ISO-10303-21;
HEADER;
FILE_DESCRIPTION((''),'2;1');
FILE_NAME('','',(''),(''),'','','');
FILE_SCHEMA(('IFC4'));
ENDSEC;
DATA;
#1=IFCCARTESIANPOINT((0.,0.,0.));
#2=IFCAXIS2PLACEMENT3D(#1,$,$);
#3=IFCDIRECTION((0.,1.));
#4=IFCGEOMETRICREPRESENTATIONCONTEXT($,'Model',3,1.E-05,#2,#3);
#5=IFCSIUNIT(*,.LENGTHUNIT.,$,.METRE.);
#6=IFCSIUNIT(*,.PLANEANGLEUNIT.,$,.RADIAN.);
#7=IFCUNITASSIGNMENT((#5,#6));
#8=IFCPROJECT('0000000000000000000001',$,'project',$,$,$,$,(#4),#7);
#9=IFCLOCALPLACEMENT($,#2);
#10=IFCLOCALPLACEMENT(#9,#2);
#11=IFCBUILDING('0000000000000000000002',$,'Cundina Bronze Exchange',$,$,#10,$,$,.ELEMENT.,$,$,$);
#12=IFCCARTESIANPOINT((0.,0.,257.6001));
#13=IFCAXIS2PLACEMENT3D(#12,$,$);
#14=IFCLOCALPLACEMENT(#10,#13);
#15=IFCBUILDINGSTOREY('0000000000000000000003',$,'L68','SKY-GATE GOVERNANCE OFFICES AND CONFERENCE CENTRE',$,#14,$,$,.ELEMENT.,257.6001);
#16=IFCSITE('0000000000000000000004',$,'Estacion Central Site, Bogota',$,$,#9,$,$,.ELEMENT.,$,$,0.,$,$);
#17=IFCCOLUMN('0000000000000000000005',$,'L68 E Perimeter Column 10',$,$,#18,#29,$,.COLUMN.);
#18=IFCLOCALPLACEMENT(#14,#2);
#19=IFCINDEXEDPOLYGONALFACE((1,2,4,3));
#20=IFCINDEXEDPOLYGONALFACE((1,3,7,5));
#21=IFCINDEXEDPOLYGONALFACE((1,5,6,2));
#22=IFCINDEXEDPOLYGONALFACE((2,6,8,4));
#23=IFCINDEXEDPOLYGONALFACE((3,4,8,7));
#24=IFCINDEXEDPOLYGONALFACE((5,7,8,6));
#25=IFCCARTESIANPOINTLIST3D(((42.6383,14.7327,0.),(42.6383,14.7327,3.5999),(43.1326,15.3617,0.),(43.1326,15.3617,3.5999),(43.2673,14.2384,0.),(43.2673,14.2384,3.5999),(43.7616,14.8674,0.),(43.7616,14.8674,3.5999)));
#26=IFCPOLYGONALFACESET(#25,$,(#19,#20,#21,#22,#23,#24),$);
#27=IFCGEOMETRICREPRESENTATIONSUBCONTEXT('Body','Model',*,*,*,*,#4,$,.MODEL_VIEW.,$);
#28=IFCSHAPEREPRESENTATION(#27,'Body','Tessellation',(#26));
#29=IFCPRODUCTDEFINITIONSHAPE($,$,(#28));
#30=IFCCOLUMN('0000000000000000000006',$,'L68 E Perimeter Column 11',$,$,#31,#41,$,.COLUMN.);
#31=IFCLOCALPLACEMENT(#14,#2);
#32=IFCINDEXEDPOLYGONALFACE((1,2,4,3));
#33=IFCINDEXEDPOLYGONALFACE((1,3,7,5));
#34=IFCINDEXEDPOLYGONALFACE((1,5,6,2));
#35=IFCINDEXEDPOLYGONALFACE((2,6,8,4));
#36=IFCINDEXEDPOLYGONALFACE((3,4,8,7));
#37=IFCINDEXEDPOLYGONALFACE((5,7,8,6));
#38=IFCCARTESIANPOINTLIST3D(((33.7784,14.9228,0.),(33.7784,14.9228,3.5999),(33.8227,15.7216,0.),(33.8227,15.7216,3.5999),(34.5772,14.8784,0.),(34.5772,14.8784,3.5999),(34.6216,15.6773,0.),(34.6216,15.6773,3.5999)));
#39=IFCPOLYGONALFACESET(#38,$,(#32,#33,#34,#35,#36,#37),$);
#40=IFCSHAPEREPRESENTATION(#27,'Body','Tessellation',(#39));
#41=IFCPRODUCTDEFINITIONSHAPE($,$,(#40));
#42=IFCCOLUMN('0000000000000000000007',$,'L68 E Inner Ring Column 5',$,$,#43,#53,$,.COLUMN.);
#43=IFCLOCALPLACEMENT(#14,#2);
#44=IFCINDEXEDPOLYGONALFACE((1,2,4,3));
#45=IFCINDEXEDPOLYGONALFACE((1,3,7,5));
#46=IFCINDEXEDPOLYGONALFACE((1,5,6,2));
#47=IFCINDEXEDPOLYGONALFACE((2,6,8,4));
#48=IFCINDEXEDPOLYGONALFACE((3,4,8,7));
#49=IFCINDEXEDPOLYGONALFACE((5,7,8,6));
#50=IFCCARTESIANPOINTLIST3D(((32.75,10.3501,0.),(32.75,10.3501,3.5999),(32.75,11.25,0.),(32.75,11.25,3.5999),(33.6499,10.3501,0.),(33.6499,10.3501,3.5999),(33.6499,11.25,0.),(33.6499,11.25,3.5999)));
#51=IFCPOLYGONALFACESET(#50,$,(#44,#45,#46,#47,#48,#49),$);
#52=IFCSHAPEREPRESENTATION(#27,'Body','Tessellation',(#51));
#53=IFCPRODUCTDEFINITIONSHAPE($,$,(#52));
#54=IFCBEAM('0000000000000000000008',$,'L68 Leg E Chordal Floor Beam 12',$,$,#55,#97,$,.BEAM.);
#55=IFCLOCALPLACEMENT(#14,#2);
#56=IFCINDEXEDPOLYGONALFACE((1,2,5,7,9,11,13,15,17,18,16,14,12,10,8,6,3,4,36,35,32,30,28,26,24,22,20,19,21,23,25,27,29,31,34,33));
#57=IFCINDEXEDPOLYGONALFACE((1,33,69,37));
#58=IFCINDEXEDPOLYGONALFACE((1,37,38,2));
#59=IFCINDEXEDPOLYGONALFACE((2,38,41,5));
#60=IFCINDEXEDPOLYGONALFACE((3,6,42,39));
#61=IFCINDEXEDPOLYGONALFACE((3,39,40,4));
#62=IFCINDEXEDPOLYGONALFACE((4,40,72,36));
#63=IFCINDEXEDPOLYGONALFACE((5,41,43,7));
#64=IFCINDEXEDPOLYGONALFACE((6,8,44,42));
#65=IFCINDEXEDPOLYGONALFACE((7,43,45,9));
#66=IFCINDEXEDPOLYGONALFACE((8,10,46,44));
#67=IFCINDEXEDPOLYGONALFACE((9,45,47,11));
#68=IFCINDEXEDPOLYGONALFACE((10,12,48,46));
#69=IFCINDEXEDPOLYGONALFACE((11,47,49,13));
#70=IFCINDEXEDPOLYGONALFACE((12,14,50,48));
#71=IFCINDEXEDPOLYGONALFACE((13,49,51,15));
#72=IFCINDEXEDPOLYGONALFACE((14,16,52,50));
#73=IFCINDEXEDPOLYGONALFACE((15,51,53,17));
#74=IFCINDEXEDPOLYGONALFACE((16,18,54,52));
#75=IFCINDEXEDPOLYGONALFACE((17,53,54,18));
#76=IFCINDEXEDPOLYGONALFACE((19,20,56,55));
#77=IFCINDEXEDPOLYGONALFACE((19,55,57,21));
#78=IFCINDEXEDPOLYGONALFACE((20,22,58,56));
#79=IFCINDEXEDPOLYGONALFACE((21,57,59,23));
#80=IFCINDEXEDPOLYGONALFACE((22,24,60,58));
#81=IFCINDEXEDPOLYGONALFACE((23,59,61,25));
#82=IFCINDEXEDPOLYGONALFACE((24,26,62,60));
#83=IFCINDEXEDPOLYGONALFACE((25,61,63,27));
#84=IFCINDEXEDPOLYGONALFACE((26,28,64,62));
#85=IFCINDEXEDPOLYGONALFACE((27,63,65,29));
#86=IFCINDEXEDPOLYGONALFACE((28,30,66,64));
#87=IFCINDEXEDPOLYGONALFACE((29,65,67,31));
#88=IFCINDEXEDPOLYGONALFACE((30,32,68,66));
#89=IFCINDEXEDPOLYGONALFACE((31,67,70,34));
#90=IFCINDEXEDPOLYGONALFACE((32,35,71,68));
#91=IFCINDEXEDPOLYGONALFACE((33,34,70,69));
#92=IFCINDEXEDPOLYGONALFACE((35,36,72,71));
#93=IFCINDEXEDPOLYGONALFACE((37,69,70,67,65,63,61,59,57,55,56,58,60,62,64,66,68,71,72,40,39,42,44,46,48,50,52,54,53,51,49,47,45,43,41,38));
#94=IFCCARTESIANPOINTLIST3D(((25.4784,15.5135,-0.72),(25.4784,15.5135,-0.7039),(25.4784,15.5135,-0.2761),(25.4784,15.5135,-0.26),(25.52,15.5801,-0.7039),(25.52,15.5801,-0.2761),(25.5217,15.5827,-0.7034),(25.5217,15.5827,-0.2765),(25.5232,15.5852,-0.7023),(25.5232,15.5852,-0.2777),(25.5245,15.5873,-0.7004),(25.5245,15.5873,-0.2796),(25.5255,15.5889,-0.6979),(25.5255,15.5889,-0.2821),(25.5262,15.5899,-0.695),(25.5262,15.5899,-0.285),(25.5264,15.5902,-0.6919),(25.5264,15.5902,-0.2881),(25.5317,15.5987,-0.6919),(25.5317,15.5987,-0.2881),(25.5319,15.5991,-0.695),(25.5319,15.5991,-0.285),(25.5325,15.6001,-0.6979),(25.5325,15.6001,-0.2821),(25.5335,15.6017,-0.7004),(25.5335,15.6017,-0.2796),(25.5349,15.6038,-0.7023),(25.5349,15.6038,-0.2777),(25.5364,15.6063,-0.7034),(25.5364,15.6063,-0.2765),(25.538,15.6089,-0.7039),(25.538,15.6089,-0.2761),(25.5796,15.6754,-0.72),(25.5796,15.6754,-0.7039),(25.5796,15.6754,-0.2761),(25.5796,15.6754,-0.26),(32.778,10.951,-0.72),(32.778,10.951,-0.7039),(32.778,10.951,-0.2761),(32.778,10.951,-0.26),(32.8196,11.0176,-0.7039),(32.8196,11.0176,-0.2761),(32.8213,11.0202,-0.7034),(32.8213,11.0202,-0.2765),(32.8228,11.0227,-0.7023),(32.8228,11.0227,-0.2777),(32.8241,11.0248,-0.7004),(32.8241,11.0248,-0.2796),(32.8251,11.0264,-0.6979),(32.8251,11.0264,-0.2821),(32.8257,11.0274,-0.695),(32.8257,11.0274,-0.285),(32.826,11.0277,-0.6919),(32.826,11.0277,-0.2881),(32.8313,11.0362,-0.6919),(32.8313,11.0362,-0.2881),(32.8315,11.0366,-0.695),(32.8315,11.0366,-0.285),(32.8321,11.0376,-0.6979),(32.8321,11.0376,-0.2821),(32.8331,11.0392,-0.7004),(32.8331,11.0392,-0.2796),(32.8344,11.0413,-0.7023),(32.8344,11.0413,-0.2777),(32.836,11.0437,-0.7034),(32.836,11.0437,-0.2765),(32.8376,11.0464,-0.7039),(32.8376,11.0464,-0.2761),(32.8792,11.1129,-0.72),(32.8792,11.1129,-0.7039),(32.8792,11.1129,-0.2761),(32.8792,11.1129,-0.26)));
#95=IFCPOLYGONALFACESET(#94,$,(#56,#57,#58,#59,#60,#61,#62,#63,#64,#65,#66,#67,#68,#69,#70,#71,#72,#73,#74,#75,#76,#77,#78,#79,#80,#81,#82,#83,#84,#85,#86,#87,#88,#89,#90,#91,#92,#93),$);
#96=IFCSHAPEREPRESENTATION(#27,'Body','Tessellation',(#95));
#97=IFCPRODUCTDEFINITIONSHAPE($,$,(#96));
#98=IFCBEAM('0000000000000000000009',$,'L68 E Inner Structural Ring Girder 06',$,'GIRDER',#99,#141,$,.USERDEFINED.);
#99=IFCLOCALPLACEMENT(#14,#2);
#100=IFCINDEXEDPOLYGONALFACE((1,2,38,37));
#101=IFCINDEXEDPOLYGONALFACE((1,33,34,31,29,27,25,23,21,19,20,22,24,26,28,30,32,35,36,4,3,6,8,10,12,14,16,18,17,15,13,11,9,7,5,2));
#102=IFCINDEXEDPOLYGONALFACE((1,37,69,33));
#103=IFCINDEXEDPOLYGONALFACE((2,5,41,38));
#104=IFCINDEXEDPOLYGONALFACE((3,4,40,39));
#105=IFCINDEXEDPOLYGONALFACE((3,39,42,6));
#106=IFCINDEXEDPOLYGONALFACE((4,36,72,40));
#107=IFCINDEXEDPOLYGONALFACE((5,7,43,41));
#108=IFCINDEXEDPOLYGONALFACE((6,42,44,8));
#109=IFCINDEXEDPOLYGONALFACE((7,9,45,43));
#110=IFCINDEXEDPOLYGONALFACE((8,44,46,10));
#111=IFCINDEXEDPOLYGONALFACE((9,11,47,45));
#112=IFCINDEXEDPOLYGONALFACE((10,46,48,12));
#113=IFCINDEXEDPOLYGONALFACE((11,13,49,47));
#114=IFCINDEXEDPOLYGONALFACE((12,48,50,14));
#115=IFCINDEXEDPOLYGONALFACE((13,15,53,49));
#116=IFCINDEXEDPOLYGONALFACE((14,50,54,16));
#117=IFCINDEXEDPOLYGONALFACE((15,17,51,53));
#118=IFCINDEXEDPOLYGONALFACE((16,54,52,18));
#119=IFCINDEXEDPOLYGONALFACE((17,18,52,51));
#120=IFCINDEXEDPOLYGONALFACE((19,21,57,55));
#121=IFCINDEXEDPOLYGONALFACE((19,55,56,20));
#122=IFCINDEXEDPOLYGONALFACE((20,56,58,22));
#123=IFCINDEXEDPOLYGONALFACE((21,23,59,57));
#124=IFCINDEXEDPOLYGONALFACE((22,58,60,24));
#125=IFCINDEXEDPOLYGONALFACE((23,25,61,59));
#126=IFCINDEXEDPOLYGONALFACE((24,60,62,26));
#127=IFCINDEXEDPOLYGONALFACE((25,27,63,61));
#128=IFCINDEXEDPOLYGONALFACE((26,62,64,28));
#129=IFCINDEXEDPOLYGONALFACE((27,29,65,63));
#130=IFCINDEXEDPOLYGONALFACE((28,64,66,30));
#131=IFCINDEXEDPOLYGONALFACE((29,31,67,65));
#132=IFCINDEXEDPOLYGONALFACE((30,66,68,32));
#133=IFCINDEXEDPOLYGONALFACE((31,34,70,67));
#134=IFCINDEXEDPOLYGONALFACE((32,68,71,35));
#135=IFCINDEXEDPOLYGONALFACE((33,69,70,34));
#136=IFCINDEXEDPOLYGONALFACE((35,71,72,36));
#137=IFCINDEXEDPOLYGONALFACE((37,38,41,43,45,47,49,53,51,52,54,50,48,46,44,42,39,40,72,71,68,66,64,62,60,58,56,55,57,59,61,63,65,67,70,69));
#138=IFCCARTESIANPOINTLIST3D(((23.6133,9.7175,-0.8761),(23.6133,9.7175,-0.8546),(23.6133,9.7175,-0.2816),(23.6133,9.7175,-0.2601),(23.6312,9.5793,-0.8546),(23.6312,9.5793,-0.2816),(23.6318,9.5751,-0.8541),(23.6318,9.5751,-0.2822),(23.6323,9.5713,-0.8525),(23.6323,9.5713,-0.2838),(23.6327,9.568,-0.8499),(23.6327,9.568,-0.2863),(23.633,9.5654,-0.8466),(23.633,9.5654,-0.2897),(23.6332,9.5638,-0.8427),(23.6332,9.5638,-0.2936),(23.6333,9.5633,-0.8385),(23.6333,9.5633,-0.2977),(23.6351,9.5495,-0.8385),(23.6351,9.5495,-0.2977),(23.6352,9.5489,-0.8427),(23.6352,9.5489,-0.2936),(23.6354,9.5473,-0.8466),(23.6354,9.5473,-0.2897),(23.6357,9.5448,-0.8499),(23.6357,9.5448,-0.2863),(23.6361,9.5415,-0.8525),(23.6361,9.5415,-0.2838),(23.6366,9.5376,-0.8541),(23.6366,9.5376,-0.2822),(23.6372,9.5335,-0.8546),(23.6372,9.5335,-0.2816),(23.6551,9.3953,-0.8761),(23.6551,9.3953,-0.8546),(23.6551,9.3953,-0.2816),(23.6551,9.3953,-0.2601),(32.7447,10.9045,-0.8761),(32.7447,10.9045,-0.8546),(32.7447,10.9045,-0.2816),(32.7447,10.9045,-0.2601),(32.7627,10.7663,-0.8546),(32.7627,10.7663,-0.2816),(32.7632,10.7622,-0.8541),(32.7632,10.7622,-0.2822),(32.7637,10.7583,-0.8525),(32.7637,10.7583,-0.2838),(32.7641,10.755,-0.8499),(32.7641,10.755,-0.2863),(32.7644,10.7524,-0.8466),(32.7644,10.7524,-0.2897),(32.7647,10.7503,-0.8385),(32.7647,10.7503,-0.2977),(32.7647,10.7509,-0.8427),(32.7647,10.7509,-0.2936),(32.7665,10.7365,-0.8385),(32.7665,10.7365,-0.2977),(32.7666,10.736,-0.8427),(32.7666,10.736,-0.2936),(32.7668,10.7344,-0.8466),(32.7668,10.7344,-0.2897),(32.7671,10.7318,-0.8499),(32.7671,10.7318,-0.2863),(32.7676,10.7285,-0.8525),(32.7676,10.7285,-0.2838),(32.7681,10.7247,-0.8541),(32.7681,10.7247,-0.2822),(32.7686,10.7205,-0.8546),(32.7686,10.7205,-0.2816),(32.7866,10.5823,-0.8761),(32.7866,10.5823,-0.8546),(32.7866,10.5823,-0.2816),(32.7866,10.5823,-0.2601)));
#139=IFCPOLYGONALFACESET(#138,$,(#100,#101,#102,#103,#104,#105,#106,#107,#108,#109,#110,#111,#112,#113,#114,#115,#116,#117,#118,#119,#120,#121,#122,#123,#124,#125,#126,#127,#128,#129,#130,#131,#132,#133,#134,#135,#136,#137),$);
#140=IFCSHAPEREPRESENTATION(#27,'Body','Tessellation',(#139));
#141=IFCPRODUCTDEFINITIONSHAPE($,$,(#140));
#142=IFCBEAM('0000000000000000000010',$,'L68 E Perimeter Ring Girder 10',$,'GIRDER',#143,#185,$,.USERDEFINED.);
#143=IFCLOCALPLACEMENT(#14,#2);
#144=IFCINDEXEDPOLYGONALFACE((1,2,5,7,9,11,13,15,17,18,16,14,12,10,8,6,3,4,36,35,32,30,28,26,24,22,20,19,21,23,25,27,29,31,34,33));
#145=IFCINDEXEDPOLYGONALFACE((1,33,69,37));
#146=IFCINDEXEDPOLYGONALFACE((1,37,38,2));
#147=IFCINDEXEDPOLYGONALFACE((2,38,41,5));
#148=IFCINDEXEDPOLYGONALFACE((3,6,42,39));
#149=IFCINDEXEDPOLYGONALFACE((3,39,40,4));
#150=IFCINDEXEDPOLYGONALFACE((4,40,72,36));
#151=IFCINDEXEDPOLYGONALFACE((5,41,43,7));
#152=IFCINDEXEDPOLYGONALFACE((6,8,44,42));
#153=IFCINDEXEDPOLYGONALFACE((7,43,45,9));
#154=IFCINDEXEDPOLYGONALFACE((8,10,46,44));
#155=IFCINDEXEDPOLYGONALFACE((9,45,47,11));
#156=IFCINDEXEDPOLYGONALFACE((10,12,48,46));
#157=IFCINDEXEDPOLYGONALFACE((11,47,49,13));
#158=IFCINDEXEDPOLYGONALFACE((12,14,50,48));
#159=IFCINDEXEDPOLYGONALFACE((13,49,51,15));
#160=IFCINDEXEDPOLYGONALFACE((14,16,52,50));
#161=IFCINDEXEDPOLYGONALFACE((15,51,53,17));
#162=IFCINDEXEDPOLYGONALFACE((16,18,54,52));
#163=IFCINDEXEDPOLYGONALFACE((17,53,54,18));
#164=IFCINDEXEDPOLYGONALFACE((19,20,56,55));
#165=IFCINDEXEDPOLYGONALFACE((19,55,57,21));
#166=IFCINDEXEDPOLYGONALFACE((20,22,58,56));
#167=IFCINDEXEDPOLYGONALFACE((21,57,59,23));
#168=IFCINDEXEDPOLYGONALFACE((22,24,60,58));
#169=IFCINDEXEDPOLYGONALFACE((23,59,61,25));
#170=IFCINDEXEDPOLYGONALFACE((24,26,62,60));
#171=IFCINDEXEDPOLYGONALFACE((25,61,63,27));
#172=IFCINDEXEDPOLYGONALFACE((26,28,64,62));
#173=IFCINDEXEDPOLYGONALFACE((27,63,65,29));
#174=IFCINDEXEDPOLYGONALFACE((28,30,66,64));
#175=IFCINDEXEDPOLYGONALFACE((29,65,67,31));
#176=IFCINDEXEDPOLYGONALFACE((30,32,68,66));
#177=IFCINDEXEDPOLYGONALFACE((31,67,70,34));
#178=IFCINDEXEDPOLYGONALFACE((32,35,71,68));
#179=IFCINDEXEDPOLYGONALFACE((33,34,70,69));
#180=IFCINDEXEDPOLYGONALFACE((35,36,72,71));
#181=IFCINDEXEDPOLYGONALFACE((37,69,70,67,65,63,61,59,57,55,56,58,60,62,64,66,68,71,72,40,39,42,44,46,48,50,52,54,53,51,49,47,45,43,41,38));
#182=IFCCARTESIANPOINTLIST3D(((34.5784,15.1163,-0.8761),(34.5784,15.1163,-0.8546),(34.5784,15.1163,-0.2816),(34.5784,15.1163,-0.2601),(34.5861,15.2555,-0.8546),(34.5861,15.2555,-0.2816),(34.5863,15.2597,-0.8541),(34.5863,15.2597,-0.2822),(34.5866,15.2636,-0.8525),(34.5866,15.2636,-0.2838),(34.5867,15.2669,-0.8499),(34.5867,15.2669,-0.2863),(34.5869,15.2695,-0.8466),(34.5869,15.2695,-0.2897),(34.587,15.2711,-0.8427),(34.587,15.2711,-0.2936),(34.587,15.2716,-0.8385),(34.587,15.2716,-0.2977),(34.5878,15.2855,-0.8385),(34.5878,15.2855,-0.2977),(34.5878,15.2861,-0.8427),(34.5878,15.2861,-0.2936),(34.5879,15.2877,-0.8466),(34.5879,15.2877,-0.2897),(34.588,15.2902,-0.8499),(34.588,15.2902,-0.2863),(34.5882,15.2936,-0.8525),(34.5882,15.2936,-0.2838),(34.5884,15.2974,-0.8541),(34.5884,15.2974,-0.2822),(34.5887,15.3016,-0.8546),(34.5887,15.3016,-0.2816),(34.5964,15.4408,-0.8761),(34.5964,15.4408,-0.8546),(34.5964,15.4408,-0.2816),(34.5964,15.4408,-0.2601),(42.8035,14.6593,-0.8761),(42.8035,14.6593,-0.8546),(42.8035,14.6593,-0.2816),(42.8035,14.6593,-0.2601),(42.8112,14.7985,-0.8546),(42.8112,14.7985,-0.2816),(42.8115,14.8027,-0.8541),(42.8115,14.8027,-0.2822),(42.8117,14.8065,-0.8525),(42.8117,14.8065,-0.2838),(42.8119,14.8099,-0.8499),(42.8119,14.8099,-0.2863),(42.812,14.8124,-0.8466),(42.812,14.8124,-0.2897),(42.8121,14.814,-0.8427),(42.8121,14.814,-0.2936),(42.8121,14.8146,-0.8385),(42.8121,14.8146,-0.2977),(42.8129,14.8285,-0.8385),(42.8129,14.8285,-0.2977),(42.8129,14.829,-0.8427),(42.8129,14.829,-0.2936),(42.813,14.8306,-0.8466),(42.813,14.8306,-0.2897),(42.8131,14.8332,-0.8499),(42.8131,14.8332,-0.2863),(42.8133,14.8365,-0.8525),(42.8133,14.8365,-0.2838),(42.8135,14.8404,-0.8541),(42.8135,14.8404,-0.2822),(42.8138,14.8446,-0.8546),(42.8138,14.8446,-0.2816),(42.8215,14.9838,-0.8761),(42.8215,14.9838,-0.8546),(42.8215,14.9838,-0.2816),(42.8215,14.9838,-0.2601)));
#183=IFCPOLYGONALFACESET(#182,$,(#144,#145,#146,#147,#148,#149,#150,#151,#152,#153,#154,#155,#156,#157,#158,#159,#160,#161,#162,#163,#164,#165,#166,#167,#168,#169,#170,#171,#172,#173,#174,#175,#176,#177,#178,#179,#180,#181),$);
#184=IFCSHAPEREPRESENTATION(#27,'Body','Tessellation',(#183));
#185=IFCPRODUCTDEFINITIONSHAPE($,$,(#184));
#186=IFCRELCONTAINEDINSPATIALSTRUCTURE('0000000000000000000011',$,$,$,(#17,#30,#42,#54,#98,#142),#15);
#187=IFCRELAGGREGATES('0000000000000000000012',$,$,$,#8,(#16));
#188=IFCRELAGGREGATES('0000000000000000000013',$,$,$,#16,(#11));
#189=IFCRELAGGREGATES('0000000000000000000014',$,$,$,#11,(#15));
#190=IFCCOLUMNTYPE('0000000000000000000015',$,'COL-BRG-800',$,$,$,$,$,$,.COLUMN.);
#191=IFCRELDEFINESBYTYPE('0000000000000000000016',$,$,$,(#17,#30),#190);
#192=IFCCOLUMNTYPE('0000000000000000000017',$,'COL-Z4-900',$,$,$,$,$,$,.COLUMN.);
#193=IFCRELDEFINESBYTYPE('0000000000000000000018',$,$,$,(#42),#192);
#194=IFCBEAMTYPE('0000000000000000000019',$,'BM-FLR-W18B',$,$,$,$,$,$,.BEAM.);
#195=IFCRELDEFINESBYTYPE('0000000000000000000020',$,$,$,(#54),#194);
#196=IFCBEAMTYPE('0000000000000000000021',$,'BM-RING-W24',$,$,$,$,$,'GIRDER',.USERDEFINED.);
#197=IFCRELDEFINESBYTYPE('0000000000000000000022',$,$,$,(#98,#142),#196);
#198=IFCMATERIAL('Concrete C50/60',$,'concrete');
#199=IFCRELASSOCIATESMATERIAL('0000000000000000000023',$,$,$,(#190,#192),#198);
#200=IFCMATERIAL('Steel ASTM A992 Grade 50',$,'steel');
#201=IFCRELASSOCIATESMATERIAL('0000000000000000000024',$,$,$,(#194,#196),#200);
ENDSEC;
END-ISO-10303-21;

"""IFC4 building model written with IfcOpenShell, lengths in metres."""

from ifc_helpers import new_model, si_unit, direction, frame, origin, origin_2d, place, context, subcontext, project, spatial, rectangle, i_section, extrude, material, material_profile, profile_set, type_object, element, save


model = new_model("IFC4")

# Units and contexts
model_context = context("Model", 3, precision=1e-05, world=origin(), true_north=direction((0.0, 1.0)))
body_context = subcontext(model_context, "Body", "Model", "MODEL_VIEW")
ifc_project = project(units=[si_unit("LENGTHUNIT", "METRE"), si_unit("PLANEANGLEUNIT", "RADIAN")], contexts=[model_context])

# Site, building, storey
site_placement = place(None, origin())
site = spatial("IfcSite", under=ifc_project, at=site_placement, Name="Estacion Central Site, Bogota", CompositionType="ELEMENT", RefElevation=0.0)
building_placement = place(site_placement, origin())
building = spatial("IfcBuilding", under=site, at=building_placement, Name="Cundina Bronze Exchange", CompositionType="ELEMENT")
storey_placement = place(building_placement, frame((0.0, 0.0, 257.6001)))
storey = spatial("IfcBuildingStorey", under=building, at=storey_placement, Name="L68", Description="SKY-GATE GOVERNANCE OFFICES AND CONFERENCE CENTRE", CompositionType="ELEMENT", Elevation=257.6001)

# Columns
ifc_material_1 = material(Name="Concrete C50/60", Category="concrete")
ifc_material_profile_1 = material_profile(ifc_material_1, rectangle(XDim=0.8, YDim=0.8, at=origin_2d()), Name="RC800X800", Category="concrete")
ifc_profile_set_1 = profile_set([ifc_material_profile_1], Name="Concrete C50/60")
column_type_1 = type_object("IfcColumnType", Name="COL-BRG-800", PredefinedType="COLUMN", material=ifc_profile_set_1)
for number, where, z_axis, x_axis, name in (
    (1, (43.2, 14.8, 0.0), (0.0, 0.0, 1.0), (-0.786288, 0.61786, 0.0), "L68 E Perimeter Column 10"),
    (2, (34.2, 15.3, 0.0), (0.0, 0.0, 1.0), (-0.99846, 0.055473, 0.0), "L68 E Perimeter Column 11"),
):
    element("IfcColumn", number, at=place(storey_placement, frame(where, z_axis=z_axis, x_axis=x_axis)), inside=storey, type_object=column_type_1, Name=name, PredefinedType="COLUMN", context=body_context, shape_type="SweptSolid", body=[
        extrude(rectangle(XDim=0.8, YDim=0.8, at=origin_2d()), origin(), (0.0, 0.0, 1.0), 3.5999),
    ])
ifc_material_profile_2 = material_profile(ifc_material_1, rectangle(XDim=0.8999, YDim=0.8999, at=origin_2d()), Name="RC900X900", Category="concrete")
ifc_profile_set_2 = profile_set([ifc_material_profile_2], Name="Concrete C50/60")
column_type_2 = type_object("IfcColumnType", Name="COL-Z4-900", PredefinedType="COLUMN", material=ifc_profile_set_2)
column_placement = place(storey_placement, frame((33.2, 10.8, 0.0), z_axis=(0.0, 0.0, 1.0), x_axis=(1.0, 0.0, 0.0)))
element("IfcColumn", 3, at=column_placement, inside=storey, type_object=column_type_2, Name="L68 E Inner Ring Column 5", PredefinedType="COLUMN", context=body_context, shape_type="SweptSolid", body=[
    extrude(rectangle(XDim=0.8999, YDim=0.8999, at=origin_2d()), origin(), (0.0, 0.0, 1.0), 3.5999),
])

# Beams
ifc_material_2 = material(Name="Steel ASTM A992 Grade 50", Category="steel")
ifc_material_profile_3 = material_profile(ifc_material_2, i_section(OverallWidth=0.1909, OverallDepth=0.46, WebThickness=0.01, FlangeThickness=0.0161, FilletRadius=0.012, at=origin_2d()), Name="W18X55", Category="steel")
ifc_profile_set_3 = profile_set([ifc_material_profile_3], Name="Steel ASTM A992 Grade 50")
beam_type_1 = type_object("IfcBeamType", Name="BM-FLR-W18B", PredefinedType="BEAM", material=ifc_profile_set_3)
beam_1_placement = place(storey_placement, frame((32.8286, 11.032, -0.49), z_axis=(-0.847984, 0.530022, 0.0), x_axis=(-0.530022, -0.847984, 0.0)))
element("IfcBeam", 4, at=beam_1_placement, inside=storey, type_object=beam_type_1, Name="L68 Leg E Chordal Floor Beam 12", PredefinedType="BEAM", context=body_context, shape_type="SweptSolid", body=[
    extrude(i_section(OverallWidth=0.1909, OverallDepth=0.46, WebThickness=0.01, FlangeThickness=0.0161, FilletRadius=0.012, at=origin_2d()), origin(), (0.0, 0.0, 1.0), 8.6082),
])
ifc_material_profile_4 = material_profile(ifc_material_2, i_section(OverallWidth=0.325, OverallDepth=0.616, WebThickness=0.0139, FlangeThickness=0.0215, FilletRadius=0.0161, at=origin_2d()), Name="W24X117", Category="steel")
ifc_profile_set_4 = profile_set([ifc_material_profile_4], Name="Steel ASTM A992 Grade 50")
beam_type_2 = type_object("IfcBeamType", Name="BM-RING-W24", ElementType="GIRDER", PredefinedType="USERDEFINED", material=ifc_profile_set_4)
beam_2_placement = place(storey_placement, frame((32.7656, 10.7434, -0.5681), z_axis=(-0.991656, -0.128908, 0.0), x_axis=(0.128908, -0.991656, 0.0)))
element("IfcBeam", 5, at=beam_2_placement, inside=storey, type_object=beam_type_2, Name="L68 E Inner Structural Ring Girder 06", ObjectType="GIRDER", PredefinedType="USERDEFINED", context=body_context, shape_type="SweptSolid", body=[
    extrude(i_section(OverallWidth=0.325, OverallDepth=0.616, WebThickness=0.0139, FlangeThickness=0.0215, FilletRadius=0.0161, at=origin_2d()), origin(), (0.0, 0.0, 1.0), 9.2083),
])
for number, where, z_axis, x_axis, name in (
    (6, (42.8125, 14.8215, -0.5681), (-0.99846, 0.05548, 0.0), (-0.05548, -0.99846, 0.0), "L68 E Perimeter Ring Girder 10"),
):
    element("IfcBeam", number, at=place(storey_placement, frame(where, z_axis=z_axis, x_axis=x_axis)), inside=storey, type_object=beam_type_2, Name=name, ObjectType="GIRDER", PredefinedType="USERDEFINED", context=body_context, shape_type="SweptSolid", body=[
        extrude(i_section(OverallWidth=0.325, OverallDepth=0.616, WebThickness=0.0139, FlangeThickness=0.0215, FilletRadius=0.0161, at=origin_2d()), origin(), (0.0, 0.0, 1.0), 8.2378),
    ])

save(model, "model.ifc")
